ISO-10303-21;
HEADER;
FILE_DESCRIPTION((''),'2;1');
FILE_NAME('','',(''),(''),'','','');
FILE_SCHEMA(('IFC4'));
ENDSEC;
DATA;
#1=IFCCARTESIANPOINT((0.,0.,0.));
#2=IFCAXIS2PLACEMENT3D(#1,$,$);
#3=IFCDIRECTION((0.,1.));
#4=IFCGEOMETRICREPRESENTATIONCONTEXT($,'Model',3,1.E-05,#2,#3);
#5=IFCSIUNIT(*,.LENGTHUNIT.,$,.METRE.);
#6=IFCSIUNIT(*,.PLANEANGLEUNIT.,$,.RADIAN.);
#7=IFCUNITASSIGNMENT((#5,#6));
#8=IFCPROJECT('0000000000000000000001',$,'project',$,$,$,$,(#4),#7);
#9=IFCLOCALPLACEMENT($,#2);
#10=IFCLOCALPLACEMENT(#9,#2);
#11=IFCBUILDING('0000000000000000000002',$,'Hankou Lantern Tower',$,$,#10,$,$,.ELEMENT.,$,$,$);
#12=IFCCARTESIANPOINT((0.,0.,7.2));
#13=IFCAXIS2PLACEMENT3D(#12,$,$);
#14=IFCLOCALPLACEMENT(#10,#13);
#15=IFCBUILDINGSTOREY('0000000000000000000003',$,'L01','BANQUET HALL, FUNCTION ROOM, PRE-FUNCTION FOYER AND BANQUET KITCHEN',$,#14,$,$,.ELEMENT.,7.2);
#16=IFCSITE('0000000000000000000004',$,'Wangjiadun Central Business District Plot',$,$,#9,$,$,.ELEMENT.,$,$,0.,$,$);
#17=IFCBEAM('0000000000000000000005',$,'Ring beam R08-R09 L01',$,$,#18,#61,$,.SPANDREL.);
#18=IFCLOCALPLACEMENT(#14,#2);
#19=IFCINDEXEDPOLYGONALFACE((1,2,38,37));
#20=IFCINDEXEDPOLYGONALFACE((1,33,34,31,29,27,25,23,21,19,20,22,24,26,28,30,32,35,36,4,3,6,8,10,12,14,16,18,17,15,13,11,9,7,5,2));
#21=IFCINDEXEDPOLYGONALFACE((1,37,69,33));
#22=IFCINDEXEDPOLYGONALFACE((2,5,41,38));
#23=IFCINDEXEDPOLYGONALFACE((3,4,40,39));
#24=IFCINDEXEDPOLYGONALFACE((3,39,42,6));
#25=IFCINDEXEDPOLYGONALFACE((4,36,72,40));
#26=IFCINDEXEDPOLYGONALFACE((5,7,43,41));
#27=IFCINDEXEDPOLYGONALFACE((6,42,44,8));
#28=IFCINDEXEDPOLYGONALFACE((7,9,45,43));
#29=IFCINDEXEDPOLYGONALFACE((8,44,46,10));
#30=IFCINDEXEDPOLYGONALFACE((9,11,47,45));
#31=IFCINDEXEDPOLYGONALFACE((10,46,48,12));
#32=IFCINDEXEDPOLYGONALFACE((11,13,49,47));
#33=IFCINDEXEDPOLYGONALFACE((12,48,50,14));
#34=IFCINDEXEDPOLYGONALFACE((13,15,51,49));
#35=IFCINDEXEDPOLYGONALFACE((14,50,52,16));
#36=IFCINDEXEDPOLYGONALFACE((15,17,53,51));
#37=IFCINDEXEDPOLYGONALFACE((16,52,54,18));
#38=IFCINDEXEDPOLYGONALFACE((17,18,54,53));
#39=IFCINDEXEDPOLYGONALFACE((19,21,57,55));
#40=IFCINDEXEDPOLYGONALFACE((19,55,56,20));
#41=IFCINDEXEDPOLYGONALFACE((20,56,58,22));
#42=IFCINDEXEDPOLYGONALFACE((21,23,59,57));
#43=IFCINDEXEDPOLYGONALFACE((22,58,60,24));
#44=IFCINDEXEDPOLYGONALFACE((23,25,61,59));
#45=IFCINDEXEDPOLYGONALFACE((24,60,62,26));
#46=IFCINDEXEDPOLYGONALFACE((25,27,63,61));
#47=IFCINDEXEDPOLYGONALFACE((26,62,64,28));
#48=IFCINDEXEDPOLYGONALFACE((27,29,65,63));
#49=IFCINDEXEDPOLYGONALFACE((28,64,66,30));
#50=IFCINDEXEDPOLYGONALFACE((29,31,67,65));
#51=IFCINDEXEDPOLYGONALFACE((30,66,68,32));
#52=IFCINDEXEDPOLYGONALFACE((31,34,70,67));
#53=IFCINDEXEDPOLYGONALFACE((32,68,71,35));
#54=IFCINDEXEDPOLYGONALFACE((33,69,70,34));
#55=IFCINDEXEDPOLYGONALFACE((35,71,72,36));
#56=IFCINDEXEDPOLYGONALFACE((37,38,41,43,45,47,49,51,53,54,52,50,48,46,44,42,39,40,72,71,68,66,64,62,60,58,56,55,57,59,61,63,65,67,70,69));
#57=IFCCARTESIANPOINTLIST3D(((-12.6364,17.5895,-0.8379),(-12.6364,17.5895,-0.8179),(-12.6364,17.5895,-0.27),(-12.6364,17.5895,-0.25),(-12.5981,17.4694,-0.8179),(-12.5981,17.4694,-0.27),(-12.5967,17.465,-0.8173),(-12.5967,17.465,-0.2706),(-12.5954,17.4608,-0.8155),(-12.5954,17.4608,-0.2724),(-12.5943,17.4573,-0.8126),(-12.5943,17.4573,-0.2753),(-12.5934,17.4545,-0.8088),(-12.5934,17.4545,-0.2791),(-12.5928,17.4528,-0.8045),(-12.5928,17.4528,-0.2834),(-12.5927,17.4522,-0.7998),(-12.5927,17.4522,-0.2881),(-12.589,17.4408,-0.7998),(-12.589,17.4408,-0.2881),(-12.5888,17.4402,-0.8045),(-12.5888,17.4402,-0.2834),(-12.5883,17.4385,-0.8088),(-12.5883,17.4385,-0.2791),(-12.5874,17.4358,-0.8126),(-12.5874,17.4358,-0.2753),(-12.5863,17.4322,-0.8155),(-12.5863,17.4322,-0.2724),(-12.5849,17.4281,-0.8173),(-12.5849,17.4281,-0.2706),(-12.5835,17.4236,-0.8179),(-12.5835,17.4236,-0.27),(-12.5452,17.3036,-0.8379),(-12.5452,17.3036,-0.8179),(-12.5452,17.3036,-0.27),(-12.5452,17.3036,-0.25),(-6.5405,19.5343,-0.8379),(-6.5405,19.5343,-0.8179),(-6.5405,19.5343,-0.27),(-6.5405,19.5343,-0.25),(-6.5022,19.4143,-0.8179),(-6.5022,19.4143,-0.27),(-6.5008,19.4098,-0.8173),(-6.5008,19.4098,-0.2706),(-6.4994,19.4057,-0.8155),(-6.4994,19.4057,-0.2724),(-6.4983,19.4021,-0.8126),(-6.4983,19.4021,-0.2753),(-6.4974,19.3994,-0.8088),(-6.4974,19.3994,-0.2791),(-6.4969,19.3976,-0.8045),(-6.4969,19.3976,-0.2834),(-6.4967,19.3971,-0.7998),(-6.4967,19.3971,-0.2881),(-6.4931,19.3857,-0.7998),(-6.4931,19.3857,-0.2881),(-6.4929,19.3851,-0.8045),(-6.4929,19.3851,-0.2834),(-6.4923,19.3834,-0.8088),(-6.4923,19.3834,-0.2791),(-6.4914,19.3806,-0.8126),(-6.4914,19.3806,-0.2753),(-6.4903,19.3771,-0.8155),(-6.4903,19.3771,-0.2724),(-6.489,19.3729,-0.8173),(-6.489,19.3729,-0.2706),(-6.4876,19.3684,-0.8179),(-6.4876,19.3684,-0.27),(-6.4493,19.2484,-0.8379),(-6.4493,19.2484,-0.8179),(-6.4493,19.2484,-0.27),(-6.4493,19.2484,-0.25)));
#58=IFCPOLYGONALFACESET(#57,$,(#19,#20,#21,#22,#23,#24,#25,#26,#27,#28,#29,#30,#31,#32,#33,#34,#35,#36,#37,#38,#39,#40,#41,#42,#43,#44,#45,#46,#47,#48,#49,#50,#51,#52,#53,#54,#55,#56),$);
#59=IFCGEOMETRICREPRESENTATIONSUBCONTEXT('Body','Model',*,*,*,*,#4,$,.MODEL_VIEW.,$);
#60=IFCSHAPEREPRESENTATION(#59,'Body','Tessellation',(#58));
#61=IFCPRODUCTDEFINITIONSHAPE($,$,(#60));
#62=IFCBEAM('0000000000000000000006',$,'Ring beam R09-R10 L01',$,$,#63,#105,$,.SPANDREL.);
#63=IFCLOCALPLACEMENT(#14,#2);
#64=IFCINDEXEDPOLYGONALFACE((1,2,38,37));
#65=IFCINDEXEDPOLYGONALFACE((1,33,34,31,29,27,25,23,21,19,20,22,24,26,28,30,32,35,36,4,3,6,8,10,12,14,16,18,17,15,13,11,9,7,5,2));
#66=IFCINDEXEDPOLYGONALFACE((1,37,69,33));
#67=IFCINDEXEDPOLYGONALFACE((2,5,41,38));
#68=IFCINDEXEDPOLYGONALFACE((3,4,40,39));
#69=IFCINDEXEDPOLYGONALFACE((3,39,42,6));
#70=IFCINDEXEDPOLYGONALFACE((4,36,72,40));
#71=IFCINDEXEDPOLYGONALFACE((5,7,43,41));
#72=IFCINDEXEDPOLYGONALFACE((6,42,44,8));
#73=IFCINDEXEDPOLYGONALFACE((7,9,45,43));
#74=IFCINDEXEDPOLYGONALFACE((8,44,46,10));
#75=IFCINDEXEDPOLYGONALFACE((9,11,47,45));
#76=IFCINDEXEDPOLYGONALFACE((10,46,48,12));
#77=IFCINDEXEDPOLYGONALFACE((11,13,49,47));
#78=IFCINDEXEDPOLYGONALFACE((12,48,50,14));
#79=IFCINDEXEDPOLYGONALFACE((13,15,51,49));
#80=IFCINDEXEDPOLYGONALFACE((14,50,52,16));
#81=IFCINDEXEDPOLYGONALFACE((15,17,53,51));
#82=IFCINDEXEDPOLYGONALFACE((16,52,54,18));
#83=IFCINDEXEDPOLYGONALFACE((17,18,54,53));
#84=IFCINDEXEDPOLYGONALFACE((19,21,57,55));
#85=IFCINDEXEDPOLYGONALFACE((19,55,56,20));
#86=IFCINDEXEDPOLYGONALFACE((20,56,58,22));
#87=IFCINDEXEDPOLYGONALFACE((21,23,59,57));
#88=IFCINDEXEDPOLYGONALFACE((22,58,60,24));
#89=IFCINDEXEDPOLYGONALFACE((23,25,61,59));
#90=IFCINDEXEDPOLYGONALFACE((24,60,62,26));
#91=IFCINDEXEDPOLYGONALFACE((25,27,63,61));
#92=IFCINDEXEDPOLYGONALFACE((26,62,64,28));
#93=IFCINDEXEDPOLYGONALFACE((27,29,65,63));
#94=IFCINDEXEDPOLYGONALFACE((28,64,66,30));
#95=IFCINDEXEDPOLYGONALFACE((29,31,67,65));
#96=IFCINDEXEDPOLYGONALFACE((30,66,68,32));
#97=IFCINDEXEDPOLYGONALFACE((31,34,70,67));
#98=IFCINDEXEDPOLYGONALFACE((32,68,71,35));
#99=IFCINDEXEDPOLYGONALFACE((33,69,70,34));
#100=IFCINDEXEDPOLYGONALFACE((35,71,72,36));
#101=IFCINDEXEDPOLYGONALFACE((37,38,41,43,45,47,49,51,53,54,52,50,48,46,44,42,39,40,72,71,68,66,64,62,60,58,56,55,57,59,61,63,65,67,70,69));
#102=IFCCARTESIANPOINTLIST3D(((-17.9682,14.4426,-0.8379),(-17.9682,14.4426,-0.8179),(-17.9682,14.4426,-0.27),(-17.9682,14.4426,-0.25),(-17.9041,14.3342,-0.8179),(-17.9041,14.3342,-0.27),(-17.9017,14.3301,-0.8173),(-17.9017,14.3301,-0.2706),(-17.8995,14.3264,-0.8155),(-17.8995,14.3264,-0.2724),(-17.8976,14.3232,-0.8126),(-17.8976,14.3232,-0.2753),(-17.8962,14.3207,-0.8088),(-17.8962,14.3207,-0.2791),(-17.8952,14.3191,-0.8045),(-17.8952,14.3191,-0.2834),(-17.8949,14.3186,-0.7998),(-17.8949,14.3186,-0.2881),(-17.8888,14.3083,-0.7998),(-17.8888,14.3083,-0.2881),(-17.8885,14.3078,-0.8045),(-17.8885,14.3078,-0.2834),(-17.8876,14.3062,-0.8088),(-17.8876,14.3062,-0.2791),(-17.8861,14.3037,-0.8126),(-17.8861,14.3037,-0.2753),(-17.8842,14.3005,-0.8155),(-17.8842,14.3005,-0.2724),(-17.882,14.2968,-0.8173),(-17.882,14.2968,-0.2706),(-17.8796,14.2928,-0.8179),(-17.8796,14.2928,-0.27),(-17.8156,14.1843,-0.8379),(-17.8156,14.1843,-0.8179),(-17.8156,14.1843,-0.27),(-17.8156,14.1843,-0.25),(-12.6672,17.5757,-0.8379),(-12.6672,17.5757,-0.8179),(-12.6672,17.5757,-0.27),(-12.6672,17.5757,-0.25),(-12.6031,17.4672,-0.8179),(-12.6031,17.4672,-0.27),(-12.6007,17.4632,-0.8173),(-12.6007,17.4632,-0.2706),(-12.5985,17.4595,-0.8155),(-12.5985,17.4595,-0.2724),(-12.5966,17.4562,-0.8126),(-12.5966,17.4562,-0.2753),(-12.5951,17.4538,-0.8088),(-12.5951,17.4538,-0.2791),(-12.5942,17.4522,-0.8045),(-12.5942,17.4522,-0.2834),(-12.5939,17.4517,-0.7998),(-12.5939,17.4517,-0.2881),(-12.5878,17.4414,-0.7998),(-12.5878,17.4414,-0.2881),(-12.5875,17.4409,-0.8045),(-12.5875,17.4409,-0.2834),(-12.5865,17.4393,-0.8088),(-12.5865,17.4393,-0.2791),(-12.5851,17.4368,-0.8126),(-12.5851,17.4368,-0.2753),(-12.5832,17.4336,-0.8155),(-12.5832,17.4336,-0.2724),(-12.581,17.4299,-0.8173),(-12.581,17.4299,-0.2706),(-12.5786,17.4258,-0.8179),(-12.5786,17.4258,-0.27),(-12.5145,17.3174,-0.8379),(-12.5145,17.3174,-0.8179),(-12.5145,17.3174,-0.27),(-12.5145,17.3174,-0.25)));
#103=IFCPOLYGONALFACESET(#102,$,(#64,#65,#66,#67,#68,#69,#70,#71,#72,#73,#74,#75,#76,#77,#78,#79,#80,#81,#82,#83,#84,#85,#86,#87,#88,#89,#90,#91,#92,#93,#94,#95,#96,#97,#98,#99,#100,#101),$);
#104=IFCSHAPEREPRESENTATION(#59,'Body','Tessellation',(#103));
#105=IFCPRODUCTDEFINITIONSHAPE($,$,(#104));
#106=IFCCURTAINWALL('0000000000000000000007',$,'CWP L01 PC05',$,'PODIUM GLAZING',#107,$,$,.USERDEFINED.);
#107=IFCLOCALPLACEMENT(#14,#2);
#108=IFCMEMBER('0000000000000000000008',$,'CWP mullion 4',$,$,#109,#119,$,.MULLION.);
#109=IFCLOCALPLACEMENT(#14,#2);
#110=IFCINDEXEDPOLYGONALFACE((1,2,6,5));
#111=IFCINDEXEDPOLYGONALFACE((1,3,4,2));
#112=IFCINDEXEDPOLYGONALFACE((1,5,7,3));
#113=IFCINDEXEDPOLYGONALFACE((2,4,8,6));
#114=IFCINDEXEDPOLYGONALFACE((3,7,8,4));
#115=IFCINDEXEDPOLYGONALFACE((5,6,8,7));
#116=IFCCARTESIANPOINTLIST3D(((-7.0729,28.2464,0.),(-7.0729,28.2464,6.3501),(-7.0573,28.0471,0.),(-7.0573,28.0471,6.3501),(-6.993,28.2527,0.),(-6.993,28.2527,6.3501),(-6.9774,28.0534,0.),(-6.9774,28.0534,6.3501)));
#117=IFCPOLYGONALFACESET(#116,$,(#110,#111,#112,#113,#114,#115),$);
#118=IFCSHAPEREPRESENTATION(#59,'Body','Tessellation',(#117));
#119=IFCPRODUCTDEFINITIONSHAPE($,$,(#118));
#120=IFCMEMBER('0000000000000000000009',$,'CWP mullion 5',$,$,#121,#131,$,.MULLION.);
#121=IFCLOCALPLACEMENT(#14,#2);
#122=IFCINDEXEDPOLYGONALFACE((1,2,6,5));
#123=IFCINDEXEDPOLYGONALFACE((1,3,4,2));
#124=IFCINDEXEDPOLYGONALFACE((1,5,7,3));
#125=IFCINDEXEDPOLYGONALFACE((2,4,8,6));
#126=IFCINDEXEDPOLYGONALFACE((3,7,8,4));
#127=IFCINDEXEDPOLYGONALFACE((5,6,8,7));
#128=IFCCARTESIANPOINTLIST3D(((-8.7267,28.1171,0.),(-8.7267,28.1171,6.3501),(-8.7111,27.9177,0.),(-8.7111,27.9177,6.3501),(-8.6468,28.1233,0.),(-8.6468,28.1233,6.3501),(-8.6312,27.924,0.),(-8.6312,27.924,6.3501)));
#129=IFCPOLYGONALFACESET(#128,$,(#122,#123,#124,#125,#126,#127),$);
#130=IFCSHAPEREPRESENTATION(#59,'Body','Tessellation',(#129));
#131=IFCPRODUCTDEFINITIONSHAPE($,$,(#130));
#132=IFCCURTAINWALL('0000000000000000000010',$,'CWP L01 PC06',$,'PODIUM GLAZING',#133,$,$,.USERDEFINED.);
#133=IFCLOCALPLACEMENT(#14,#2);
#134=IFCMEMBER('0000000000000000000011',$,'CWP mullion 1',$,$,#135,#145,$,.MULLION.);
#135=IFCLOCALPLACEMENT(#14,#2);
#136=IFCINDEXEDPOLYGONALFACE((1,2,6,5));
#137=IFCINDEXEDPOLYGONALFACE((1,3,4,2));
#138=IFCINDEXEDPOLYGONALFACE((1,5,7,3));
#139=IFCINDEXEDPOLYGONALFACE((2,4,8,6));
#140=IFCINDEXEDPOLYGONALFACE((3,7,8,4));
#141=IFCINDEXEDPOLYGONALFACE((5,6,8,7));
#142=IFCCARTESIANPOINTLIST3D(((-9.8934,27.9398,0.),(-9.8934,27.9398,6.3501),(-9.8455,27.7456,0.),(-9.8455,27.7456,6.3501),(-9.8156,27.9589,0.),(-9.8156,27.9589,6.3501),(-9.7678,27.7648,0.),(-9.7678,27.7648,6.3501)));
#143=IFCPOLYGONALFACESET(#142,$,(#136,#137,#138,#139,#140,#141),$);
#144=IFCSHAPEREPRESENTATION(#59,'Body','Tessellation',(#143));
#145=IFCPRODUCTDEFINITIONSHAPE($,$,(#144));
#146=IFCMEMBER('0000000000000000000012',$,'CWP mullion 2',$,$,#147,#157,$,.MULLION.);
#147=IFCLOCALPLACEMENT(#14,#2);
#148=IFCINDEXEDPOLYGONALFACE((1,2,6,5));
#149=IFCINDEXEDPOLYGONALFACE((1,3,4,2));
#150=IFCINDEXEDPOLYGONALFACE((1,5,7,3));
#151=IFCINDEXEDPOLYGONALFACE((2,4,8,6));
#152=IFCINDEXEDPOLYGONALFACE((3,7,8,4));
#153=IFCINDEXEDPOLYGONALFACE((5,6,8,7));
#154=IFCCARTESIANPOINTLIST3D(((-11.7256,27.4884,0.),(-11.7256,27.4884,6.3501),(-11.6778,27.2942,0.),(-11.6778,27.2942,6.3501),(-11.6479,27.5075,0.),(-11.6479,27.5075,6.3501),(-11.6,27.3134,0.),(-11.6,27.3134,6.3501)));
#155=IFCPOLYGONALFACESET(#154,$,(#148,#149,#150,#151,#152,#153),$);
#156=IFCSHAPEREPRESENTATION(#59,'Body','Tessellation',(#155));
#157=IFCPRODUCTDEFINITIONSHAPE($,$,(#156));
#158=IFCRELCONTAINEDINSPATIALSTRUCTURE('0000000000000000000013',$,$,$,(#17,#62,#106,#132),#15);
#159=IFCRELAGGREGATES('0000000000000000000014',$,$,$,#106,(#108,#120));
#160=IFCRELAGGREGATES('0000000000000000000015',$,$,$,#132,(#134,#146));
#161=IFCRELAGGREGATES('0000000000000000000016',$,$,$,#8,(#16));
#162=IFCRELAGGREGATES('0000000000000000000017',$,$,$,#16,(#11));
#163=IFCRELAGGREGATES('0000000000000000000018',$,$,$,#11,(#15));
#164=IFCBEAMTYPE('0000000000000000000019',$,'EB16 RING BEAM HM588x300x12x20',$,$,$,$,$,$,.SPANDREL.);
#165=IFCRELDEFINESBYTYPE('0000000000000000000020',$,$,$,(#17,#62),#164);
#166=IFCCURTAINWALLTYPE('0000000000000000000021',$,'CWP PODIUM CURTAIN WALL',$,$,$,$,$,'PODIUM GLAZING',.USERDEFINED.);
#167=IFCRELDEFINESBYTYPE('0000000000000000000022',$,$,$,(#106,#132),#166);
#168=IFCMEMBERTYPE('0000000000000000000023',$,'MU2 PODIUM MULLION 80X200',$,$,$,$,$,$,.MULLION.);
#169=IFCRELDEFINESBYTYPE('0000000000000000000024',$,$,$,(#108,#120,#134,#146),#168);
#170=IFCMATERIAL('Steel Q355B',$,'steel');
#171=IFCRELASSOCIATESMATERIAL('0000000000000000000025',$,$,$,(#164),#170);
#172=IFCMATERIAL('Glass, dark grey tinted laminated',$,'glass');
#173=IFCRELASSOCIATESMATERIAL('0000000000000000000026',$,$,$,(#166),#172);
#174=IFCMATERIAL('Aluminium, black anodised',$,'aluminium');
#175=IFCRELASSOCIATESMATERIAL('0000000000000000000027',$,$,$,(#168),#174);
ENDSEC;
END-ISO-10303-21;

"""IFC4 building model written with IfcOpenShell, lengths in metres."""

from ifc_helpers import new_model, si_unit, direction, frame, origin, origin_2d, place, context, subcontext, project, spatial, rectangle, i_section, extrude, material, material_profile, profile_set, type_object, element, aggregate, save


model = new_model("IFC4")

# Units and contexts
model_context = context("Model", 3, precision=1e-05, world=origin(), true_north=direction((0.0, 1.0)))
body_context = subcontext(model_context, "Body", "Model", "MODEL_VIEW")
ifc_project = project(units=[si_unit("LENGTHUNIT", "METRE"), si_unit("PLANEANGLEUNIT", "RADIAN")], contexts=[model_context])

# Site, building, storey
site_placement = place(None, origin())
site = spatial("IfcSite", under=ifc_project, at=site_placement, Name="Wangjiadun Central Business District Plot", CompositionType="ELEMENT", RefElevation=0.0)
building_placement = place(site_placement, origin())
building = spatial("IfcBuilding", under=site, at=building_placement, Name="Hankou Lantern Tower", CompositionType="ELEMENT")
storey_placement = place(building_placement, frame((0.0, 0.0, 7.2)))
storey = spatial("IfcBuildingStorey", under=building, at=storey_placement, Name="L01", Description="BANQUET HALL, FUNCTION ROOM, PRE-FUNCTION FOYER AND BANQUET KITCHEN", CompositionType="ELEMENT", Elevation=7.2)

# Beams
ifc_material_1 = material(Name="Steel Q355B", Category="steel")
ifc_material_profile_1 = material_profile(ifc_material_1, i_section(OverallWidth=0.3, OverallDepth=0.5879, WebThickness=0.012, FlangeThickness=0.02, FilletRadius=0.0181, at=origin_2d()), Name="HM588x300x12x20")
ifc_profile_set_1 = profile_set([ifc_material_profile_1], Name="Steel Q355B")
beam_type_1 = type_object("IfcBeamType", Name="EB16 RING BEAM HM588x300x12x20", PredefinedType="SPANDREL", material=ifc_profile_set_1)
beam_1_placement = place(storey_placement, frame((-6.4949, 19.3914, -0.5439), z_axis=(-0.95269, -0.303942, 0.0), x_axis=(0.303942, -0.95269, 0.0)))
element("IfcBeam", 1, at=beam_1_placement, inside=storey, type_object=beam_type_1, Name="Ring beam R08-R09 L01", PredefinedType="SPANDREL", context=body_context, shape_type="SweptSolid", body=[
    extrude(i_section(OverallWidth=0.3, OverallDepth=0.5879, WebThickness=0.012, FlangeThickness=0.02, FilletRadius=0.0181, at=origin_2d()), origin(), (0.0, 0.0, 1.0), 6.3987),
])
beam_2_placement = place(storey_placement, frame((-12.5908, 17.4465, -0.5439), z_axis=(-0.860882, -0.508805, 0.0), x_axis=(0.508805, -0.860882, 0.0)))
element("IfcBeam", 2, at=beam_2_placement, inside=storey, type_object=beam_type_1, Name="Ring beam R09-R10 L01", PredefinedType="SPANDREL", context=body_context, shape_type="SweptSolid", body=[
    extrude(i_section(OverallWidth=0.3, OverallDepth=0.5879, WebThickness=0.012, FlangeThickness=0.02, FilletRadius=0.0181, at=origin_2d()), origin(), (0.0, 0.0, 1.0), 6.1577),
])

# Curtain walls, members
ifc_material_2 = material(Name="Glass, dark grey tinted laminated", Category="glass")
curtain_wall_type = type_object("IfcCurtainWallType", Name="CWP PODIUM CURTAIN WALL", ElementType="PODIUM GLAZING", PredefinedType="USERDEFINED", material=ifc_material_2)
curtain_wall_1_placement = place(storey_placement, origin())
curtain_wall_1 = element("IfcCurtainWall", 3, at=curtain_wall_1_placement, inside=storey, type_object=curtain_wall_type, Name="CWP L01 PC05", ObjectType="PODIUM GLAZING", PredefinedType="USERDEFINED")
ifc_material_3 = material(Name="Aluminium, black anodised", Category="aluminium")
ifc_material_profile_2 = material_profile(ifc_material_3, rectangle(XDim=0.0801, YDim=0.2, at=origin_2d()), Name="MU2 80X200")
ifc_profile_set_2 = profile_set([ifc_material_profile_2], Name="Aluminium, black anodised")
member_type_1 = type_object("IfcMemberType", Name="MU2 PODIUM MULLION 80X200", PredefinedType="MULLION", material=ifc_profile_set_2)
member_1_placement = place(storey_placement, frame((-7.0251, 28.1499, 0.0), z_axis=(0.0, 0.0, 1.0), x_axis=(-0.996949, -0.078062, 0.0)))
member_1 = element("IfcMember", 4, at=member_1_placement, type_object=member_type_1, Name="CWP mullion 4", PredefinedType="MULLION", context=body_context, shape_type="SweptSolid", body=[
    extrude(rectangle(XDim=0.0801, YDim=0.2, at=origin_2d()), origin(), (0.0, 0.0, 1.0), 6.3501),
])
member_2_placement = place(storey_placement, frame((-8.679, 28.0205, 0.0), z_axis=(0.0, 0.0, 1.0), x_axis=(-0.996949, -0.078062, 0.0)))
member_2 = element("IfcMember", 5, at=member_2_placement, type_object=member_type_1, Name="CWP mullion 5", PredefinedType="MULLION", context=body_context, shape_type="SweptSolid", body=[
    extrude(rectangle(XDim=0.0801, YDim=0.2, at=origin_2d()), origin(), (0.0, 0.0, 1.0), 6.3501),
])
curtain_wall_2_placement = place(storey_placement, origin())
curtain_wall_2 = element("IfcCurtainWall", 6, at=curtain_wall_2_placement, inside=storey, type_object=curtain_wall_type, Name="CWP L01 PC06", ObjectType="PODIUM GLAZING", PredefinedType="USERDEFINED")
member_3_placement = place(storey_placement, frame((-9.8306, 27.8523, 0.0), z_axis=(0.0, 0.0, 1.0), x_axis=(-0.970961, -0.239238, 0.0)))
member_3 = element("IfcMember", 7, at=member_3_placement, type_object=member_type_1, Name="CWP mullion 1", PredefinedType="MULLION", context=body_context, shape_type="SweptSolid", body=[
    extrude(rectangle(XDim=0.0801, YDim=0.2, at=origin_2d()), origin(), (0.0, 0.0, 1.0), 6.3501),
])
member_4_placement = place(storey_placement, frame((-11.6628, 27.4009, 0.0), z_axis=(0.0, 0.0, 1.0), x_axis=(-0.970961, -0.239238, 0.0)))
member_4 = element("IfcMember", 8, at=member_4_placement, type_object=member_type_1, Name="CWP mullion 2", PredefinedType="MULLION", context=body_context, shape_type="SweptSolid", body=[
    extrude(rectangle(XDim=0.0801, YDim=0.2, at=origin_2d()), origin(), (0.0, 0.0, 1.0), 6.3501),
])

aggregate(curtain_wall_1, [member_1, member_2])
aggregate(curtain_wall_2, [member_3, member_4])

save(model, "model.ifc")
